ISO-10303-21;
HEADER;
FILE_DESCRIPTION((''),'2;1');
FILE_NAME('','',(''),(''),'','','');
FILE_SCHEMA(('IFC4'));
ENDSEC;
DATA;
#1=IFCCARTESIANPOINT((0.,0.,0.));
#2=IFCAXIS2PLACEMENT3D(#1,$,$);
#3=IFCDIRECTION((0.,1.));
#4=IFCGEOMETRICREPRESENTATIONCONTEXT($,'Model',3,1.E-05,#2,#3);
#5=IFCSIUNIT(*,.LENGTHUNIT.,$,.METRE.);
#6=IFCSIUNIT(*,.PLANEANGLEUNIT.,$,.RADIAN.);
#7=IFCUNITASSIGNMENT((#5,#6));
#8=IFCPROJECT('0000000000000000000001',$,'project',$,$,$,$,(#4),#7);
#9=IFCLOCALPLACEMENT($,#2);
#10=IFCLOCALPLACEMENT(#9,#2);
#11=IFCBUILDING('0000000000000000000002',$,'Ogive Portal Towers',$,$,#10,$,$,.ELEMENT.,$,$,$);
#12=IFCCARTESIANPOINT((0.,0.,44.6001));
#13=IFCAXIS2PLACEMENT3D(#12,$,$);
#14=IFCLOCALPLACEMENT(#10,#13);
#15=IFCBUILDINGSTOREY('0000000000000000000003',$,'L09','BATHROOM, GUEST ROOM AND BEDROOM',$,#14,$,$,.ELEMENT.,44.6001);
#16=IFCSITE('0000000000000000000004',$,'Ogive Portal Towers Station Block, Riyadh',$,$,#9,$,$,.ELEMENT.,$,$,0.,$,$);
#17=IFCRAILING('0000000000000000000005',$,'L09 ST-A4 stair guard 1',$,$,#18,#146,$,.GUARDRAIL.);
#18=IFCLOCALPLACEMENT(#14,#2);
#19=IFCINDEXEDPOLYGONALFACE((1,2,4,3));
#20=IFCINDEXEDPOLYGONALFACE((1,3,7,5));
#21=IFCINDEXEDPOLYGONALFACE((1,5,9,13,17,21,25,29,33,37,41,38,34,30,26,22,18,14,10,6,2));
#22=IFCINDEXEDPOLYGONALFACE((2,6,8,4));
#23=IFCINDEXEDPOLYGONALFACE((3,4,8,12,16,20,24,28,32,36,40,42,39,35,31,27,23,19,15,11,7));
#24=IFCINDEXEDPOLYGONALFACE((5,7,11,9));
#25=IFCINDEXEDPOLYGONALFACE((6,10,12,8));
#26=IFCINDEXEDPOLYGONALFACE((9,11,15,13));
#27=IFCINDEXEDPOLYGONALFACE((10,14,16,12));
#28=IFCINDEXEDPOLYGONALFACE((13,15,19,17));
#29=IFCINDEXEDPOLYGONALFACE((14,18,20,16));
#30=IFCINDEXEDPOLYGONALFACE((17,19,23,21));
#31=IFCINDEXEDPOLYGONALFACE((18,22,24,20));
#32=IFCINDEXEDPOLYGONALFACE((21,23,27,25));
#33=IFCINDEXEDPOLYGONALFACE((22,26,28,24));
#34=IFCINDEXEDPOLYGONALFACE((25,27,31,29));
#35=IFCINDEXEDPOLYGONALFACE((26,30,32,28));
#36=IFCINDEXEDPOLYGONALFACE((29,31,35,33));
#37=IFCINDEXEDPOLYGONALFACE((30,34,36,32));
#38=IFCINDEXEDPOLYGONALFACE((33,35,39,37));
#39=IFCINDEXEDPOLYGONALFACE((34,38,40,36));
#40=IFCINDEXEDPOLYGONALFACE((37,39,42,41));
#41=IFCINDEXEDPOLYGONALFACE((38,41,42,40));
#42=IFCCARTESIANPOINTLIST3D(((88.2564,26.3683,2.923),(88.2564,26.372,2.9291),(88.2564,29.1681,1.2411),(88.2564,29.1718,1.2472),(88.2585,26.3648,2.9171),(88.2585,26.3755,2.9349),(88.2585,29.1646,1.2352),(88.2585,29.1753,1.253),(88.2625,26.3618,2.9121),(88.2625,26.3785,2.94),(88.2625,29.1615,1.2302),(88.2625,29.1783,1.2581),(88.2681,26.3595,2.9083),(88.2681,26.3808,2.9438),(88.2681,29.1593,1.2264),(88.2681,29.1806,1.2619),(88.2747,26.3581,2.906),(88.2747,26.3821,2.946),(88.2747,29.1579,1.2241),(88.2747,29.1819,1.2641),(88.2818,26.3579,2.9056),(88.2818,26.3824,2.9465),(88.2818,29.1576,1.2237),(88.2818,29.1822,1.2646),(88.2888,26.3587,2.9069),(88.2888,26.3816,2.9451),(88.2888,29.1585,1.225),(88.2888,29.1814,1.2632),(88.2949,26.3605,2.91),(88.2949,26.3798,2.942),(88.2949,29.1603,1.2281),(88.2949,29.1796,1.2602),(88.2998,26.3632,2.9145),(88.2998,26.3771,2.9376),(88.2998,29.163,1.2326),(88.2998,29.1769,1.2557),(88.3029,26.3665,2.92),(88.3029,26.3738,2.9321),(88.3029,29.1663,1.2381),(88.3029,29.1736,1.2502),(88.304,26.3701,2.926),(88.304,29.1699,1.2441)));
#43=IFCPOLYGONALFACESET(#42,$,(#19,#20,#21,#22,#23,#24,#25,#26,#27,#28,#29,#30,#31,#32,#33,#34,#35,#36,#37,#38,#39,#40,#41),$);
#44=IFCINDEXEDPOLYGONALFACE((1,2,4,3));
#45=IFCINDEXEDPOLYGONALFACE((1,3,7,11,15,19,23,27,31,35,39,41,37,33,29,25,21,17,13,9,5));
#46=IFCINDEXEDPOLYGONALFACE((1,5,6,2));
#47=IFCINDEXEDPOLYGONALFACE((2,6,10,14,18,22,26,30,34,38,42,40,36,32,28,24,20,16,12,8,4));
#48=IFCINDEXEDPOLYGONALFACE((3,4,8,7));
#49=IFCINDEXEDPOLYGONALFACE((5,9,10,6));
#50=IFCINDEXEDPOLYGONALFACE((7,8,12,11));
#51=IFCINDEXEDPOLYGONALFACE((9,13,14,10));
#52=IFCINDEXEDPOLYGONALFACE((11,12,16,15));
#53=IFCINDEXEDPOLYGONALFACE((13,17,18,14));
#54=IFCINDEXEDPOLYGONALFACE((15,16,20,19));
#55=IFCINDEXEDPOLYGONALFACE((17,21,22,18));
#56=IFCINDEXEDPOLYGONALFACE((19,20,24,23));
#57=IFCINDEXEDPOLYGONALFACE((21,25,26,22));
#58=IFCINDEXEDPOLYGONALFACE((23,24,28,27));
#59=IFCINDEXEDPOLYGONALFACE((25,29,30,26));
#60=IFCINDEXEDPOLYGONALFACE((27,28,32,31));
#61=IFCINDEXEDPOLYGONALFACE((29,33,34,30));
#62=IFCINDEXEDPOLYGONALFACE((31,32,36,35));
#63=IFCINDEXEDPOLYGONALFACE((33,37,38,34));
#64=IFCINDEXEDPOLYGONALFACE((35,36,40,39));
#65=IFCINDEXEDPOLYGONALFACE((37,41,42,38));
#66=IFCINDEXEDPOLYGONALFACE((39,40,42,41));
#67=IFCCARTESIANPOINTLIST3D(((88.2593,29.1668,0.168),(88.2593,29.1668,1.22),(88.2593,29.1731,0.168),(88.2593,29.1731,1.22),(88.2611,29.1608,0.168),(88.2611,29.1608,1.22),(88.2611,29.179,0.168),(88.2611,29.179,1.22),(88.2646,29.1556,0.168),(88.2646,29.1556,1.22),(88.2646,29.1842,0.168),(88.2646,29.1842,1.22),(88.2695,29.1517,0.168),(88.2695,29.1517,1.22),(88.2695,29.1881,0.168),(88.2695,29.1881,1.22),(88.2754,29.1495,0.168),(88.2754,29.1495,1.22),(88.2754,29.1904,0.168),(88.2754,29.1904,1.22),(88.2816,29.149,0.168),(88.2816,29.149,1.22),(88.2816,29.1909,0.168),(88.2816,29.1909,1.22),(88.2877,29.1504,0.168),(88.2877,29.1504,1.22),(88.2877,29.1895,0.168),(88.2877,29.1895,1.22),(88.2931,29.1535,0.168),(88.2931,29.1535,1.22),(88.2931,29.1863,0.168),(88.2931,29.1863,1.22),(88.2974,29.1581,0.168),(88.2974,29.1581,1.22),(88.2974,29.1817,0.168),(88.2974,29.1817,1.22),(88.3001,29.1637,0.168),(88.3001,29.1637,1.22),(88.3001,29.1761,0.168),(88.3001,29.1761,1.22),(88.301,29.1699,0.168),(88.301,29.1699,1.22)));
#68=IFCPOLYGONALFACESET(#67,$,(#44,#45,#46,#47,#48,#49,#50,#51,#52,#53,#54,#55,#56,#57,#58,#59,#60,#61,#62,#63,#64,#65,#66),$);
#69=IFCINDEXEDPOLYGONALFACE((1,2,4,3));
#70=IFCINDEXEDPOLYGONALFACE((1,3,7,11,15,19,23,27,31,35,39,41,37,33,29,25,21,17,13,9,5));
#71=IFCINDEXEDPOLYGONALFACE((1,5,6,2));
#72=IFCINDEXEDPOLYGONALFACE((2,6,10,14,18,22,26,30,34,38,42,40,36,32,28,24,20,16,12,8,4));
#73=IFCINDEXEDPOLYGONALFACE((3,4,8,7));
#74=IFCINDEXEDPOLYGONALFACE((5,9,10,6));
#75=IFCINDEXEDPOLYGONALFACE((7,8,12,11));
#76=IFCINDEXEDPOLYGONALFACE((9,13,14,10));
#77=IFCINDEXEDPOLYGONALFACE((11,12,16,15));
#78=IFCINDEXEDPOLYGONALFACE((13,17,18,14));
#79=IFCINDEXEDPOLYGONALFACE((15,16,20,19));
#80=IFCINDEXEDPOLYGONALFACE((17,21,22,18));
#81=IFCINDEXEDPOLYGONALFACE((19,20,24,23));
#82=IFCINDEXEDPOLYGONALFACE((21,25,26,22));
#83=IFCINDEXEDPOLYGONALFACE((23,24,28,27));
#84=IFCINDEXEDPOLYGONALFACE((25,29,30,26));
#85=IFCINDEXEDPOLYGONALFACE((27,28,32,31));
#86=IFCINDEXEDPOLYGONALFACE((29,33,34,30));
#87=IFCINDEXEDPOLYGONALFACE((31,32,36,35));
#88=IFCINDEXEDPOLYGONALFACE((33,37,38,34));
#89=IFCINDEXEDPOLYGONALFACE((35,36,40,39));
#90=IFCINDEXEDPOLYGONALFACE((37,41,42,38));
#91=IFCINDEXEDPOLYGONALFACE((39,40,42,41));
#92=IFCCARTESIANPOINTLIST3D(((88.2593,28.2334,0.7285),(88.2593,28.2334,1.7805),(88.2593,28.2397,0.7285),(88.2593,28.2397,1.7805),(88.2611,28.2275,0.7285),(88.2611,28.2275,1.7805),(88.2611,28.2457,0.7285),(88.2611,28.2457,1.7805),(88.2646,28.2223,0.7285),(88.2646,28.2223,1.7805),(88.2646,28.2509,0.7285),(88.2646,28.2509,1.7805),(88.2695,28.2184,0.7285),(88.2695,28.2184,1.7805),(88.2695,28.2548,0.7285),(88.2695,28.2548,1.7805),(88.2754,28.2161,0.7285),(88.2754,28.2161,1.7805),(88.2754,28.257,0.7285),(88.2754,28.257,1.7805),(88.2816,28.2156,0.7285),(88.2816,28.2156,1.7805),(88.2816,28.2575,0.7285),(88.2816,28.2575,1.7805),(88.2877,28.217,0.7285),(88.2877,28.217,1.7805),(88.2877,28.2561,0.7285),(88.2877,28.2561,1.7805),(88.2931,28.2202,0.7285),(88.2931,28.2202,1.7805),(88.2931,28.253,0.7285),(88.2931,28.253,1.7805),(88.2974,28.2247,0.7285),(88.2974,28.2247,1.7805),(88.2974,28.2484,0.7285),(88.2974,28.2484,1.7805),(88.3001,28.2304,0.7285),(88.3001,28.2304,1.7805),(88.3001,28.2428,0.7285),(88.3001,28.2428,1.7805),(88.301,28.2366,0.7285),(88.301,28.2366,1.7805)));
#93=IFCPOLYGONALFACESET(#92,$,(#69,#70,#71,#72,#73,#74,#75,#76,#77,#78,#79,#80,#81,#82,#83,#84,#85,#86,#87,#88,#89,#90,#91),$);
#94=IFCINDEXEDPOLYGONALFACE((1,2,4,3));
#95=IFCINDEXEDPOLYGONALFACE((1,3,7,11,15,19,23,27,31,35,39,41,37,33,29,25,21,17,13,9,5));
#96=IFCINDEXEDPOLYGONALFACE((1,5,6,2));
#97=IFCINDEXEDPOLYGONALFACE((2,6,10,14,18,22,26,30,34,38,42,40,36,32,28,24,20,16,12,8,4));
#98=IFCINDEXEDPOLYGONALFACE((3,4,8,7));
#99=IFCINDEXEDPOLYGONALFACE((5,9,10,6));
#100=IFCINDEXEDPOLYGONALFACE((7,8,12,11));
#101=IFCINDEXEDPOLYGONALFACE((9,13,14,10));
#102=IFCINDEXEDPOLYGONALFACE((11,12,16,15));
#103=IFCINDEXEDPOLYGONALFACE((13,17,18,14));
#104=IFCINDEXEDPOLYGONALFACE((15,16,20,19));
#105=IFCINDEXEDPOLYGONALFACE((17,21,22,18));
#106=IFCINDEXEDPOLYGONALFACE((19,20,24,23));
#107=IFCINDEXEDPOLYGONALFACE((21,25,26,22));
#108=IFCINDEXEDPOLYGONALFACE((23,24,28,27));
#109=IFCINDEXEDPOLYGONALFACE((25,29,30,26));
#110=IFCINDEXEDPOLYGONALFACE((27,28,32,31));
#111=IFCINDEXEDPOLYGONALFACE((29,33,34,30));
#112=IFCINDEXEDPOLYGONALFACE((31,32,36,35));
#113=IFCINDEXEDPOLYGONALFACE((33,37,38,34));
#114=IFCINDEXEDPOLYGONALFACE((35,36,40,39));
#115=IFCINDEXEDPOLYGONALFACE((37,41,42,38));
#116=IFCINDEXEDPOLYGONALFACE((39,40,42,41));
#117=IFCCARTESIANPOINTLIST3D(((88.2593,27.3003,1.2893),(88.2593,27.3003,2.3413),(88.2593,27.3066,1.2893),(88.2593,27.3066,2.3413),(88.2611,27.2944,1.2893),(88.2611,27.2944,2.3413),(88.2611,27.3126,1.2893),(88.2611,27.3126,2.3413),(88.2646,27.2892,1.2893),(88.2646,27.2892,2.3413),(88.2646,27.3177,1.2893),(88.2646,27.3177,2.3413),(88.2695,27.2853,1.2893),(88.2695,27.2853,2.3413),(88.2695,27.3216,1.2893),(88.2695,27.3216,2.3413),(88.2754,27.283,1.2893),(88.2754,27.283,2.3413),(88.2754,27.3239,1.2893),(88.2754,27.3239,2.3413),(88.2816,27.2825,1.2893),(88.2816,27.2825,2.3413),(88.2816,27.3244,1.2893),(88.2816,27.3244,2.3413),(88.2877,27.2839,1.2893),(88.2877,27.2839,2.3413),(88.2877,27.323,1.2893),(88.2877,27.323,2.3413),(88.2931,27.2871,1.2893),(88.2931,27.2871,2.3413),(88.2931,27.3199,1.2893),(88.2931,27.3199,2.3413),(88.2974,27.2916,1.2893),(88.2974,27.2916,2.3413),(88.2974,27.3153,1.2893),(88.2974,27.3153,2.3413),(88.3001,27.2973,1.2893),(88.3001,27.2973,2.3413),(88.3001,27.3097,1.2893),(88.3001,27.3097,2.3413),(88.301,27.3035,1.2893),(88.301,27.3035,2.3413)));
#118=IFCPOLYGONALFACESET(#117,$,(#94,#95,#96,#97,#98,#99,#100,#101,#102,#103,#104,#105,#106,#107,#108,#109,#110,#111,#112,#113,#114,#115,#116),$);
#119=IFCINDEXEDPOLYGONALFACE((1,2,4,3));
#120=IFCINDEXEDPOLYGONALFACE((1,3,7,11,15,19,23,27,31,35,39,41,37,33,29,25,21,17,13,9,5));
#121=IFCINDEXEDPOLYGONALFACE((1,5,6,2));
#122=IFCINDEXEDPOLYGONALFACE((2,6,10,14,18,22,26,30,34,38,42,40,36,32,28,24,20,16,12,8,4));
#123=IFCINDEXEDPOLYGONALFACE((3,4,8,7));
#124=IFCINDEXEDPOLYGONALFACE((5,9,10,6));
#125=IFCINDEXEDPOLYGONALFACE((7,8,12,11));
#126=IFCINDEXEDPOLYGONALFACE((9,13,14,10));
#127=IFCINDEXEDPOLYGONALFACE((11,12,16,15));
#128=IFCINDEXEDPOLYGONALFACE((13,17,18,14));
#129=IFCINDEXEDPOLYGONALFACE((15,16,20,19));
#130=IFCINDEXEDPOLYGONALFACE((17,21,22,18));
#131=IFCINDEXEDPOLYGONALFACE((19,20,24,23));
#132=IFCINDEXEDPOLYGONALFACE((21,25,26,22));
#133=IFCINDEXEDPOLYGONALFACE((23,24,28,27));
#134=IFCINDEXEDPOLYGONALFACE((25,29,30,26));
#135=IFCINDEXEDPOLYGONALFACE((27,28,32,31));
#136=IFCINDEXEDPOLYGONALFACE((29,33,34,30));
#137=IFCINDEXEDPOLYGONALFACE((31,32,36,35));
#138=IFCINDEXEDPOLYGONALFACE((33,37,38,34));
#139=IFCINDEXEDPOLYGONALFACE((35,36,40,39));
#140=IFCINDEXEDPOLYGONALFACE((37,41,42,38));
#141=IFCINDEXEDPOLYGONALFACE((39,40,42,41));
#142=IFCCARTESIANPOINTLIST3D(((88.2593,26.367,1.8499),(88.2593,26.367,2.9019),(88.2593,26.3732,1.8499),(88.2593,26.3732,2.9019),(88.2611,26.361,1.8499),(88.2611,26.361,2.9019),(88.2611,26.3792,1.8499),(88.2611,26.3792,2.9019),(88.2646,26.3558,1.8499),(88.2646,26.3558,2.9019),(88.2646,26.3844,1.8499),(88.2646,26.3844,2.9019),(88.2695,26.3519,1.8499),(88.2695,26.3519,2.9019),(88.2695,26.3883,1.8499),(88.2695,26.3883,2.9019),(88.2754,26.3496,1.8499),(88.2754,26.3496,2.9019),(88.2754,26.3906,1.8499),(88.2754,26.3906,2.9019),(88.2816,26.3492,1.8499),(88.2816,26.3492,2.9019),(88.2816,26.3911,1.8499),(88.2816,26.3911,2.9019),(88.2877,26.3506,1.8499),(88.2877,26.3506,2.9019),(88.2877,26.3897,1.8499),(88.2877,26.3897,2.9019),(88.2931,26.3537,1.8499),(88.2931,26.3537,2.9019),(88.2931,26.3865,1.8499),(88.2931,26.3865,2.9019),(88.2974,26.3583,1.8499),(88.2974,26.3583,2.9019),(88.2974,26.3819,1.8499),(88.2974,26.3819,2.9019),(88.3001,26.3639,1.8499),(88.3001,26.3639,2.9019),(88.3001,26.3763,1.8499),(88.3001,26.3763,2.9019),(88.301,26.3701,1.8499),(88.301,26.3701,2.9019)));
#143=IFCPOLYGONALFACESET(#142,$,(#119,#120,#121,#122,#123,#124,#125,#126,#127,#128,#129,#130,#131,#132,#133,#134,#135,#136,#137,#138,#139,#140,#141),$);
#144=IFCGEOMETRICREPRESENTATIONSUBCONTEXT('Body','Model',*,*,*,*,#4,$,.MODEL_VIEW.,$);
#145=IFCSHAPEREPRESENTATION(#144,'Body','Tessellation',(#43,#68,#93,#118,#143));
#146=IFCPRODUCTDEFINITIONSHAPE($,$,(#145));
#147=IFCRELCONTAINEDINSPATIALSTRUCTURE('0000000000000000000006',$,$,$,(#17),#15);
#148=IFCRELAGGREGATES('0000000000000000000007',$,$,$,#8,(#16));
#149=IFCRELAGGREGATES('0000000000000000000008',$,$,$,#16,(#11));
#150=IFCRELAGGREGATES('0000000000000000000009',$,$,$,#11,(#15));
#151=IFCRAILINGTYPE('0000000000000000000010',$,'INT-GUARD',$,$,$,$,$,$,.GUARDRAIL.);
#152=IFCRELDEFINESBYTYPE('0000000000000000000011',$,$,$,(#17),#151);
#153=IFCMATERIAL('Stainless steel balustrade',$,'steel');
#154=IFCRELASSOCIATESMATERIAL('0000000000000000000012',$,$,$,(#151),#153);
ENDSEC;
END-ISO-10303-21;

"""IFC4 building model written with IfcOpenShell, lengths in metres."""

from ifc_helpers import new_model, si_unit, direction, frame, origin, origin_2d, place, context, subcontext, project, spatial, circle, extrude, material, type_object, element, save


model = new_model("IFC4")

# Units and contexts
model_context = context("Model", 3, precision=1e-05, world=origin(), true_north=direction((0.0, 1.0)))
body_context = subcontext(model_context, "Body", "Model", "MODEL_VIEW")
ifc_project = project(units=[si_unit("LENGTHUNIT", "METRE"), si_unit("PLANEANGLEUNIT", "RADIAN")], contexts=[model_context])

# Site, building, storey
site_placement = place(None, origin())
site = spatial("IfcSite", under=ifc_project, at=site_placement, Name="Ogive Portal Towers Station Block, Riyadh", CompositionType="ELEMENT", RefElevation=0.0)
building_placement = place(site_placement, origin())
building = spatial("IfcBuilding", under=site, at=building_placement, Name="Ogive Portal Towers", CompositionType="ELEMENT")
storey_placement = place(building_placement, frame((0.0, 0.0, 44.6001)))
storey = spatial("IfcBuildingStorey", under=building, at=storey_placement, Name="L09", Description="BATHROOM, GUEST ROOM AND BEDROOM", CompositionType="ELEMENT", Elevation=44.6001)

# Railing
ifc_material_1 = material(Name="Stainless steel balustrade", Category="steel")
railing_type_1 = type_object("IfcRailingType", Name="INT-GUARD", PredefinedType="GUARDRAIL", material=ifc_material_1)
railing_1_placement = place(storey_placement, frame((88.28, 29.1699, 0.168)))
element("IfcRailing", 1, at=railing_1_placement, inside=storey, type_object=railing_type_1, Name="L09 ST-A4 stair guard 1", PredefinedType="GUARDRAIL", context=body_context, shape_type="SweptSolid", body=[
    extrude(circle(Radius=0.0239, at=origin_2d()), frame((0.0, 0.0, 1.0762), z_axis=(0.0, -0.857222, 0.514946), x_axis=(1.0, 0.0, 0.0)), (0.0, 0.0, 1.0), 3.2661),
    extrude(circle(Radius=0.021, at=origin_2d()), origin(), (0.0, 0.0, 1.0), 1.052),
    extrude(circle(Radius=0.021, at=origin_2d()), frame((0.0, -0.9333, 0.5605)), (0.0, 0.0, 1.0), 1.052),
    extrude(circle(Radius=0.021, at=origin_2d()), frame((0.0, -1.8665, 1.1213)), (0.0, 0.0, 1.0), 1.052),
    extrude(circle(Radius=0.021, at=origin_2d()), frame((0.0, -2.7998, 1.6819)), (0.0, 0.0, 1.0), 1.052),
])

save(model, "model.ifc")
